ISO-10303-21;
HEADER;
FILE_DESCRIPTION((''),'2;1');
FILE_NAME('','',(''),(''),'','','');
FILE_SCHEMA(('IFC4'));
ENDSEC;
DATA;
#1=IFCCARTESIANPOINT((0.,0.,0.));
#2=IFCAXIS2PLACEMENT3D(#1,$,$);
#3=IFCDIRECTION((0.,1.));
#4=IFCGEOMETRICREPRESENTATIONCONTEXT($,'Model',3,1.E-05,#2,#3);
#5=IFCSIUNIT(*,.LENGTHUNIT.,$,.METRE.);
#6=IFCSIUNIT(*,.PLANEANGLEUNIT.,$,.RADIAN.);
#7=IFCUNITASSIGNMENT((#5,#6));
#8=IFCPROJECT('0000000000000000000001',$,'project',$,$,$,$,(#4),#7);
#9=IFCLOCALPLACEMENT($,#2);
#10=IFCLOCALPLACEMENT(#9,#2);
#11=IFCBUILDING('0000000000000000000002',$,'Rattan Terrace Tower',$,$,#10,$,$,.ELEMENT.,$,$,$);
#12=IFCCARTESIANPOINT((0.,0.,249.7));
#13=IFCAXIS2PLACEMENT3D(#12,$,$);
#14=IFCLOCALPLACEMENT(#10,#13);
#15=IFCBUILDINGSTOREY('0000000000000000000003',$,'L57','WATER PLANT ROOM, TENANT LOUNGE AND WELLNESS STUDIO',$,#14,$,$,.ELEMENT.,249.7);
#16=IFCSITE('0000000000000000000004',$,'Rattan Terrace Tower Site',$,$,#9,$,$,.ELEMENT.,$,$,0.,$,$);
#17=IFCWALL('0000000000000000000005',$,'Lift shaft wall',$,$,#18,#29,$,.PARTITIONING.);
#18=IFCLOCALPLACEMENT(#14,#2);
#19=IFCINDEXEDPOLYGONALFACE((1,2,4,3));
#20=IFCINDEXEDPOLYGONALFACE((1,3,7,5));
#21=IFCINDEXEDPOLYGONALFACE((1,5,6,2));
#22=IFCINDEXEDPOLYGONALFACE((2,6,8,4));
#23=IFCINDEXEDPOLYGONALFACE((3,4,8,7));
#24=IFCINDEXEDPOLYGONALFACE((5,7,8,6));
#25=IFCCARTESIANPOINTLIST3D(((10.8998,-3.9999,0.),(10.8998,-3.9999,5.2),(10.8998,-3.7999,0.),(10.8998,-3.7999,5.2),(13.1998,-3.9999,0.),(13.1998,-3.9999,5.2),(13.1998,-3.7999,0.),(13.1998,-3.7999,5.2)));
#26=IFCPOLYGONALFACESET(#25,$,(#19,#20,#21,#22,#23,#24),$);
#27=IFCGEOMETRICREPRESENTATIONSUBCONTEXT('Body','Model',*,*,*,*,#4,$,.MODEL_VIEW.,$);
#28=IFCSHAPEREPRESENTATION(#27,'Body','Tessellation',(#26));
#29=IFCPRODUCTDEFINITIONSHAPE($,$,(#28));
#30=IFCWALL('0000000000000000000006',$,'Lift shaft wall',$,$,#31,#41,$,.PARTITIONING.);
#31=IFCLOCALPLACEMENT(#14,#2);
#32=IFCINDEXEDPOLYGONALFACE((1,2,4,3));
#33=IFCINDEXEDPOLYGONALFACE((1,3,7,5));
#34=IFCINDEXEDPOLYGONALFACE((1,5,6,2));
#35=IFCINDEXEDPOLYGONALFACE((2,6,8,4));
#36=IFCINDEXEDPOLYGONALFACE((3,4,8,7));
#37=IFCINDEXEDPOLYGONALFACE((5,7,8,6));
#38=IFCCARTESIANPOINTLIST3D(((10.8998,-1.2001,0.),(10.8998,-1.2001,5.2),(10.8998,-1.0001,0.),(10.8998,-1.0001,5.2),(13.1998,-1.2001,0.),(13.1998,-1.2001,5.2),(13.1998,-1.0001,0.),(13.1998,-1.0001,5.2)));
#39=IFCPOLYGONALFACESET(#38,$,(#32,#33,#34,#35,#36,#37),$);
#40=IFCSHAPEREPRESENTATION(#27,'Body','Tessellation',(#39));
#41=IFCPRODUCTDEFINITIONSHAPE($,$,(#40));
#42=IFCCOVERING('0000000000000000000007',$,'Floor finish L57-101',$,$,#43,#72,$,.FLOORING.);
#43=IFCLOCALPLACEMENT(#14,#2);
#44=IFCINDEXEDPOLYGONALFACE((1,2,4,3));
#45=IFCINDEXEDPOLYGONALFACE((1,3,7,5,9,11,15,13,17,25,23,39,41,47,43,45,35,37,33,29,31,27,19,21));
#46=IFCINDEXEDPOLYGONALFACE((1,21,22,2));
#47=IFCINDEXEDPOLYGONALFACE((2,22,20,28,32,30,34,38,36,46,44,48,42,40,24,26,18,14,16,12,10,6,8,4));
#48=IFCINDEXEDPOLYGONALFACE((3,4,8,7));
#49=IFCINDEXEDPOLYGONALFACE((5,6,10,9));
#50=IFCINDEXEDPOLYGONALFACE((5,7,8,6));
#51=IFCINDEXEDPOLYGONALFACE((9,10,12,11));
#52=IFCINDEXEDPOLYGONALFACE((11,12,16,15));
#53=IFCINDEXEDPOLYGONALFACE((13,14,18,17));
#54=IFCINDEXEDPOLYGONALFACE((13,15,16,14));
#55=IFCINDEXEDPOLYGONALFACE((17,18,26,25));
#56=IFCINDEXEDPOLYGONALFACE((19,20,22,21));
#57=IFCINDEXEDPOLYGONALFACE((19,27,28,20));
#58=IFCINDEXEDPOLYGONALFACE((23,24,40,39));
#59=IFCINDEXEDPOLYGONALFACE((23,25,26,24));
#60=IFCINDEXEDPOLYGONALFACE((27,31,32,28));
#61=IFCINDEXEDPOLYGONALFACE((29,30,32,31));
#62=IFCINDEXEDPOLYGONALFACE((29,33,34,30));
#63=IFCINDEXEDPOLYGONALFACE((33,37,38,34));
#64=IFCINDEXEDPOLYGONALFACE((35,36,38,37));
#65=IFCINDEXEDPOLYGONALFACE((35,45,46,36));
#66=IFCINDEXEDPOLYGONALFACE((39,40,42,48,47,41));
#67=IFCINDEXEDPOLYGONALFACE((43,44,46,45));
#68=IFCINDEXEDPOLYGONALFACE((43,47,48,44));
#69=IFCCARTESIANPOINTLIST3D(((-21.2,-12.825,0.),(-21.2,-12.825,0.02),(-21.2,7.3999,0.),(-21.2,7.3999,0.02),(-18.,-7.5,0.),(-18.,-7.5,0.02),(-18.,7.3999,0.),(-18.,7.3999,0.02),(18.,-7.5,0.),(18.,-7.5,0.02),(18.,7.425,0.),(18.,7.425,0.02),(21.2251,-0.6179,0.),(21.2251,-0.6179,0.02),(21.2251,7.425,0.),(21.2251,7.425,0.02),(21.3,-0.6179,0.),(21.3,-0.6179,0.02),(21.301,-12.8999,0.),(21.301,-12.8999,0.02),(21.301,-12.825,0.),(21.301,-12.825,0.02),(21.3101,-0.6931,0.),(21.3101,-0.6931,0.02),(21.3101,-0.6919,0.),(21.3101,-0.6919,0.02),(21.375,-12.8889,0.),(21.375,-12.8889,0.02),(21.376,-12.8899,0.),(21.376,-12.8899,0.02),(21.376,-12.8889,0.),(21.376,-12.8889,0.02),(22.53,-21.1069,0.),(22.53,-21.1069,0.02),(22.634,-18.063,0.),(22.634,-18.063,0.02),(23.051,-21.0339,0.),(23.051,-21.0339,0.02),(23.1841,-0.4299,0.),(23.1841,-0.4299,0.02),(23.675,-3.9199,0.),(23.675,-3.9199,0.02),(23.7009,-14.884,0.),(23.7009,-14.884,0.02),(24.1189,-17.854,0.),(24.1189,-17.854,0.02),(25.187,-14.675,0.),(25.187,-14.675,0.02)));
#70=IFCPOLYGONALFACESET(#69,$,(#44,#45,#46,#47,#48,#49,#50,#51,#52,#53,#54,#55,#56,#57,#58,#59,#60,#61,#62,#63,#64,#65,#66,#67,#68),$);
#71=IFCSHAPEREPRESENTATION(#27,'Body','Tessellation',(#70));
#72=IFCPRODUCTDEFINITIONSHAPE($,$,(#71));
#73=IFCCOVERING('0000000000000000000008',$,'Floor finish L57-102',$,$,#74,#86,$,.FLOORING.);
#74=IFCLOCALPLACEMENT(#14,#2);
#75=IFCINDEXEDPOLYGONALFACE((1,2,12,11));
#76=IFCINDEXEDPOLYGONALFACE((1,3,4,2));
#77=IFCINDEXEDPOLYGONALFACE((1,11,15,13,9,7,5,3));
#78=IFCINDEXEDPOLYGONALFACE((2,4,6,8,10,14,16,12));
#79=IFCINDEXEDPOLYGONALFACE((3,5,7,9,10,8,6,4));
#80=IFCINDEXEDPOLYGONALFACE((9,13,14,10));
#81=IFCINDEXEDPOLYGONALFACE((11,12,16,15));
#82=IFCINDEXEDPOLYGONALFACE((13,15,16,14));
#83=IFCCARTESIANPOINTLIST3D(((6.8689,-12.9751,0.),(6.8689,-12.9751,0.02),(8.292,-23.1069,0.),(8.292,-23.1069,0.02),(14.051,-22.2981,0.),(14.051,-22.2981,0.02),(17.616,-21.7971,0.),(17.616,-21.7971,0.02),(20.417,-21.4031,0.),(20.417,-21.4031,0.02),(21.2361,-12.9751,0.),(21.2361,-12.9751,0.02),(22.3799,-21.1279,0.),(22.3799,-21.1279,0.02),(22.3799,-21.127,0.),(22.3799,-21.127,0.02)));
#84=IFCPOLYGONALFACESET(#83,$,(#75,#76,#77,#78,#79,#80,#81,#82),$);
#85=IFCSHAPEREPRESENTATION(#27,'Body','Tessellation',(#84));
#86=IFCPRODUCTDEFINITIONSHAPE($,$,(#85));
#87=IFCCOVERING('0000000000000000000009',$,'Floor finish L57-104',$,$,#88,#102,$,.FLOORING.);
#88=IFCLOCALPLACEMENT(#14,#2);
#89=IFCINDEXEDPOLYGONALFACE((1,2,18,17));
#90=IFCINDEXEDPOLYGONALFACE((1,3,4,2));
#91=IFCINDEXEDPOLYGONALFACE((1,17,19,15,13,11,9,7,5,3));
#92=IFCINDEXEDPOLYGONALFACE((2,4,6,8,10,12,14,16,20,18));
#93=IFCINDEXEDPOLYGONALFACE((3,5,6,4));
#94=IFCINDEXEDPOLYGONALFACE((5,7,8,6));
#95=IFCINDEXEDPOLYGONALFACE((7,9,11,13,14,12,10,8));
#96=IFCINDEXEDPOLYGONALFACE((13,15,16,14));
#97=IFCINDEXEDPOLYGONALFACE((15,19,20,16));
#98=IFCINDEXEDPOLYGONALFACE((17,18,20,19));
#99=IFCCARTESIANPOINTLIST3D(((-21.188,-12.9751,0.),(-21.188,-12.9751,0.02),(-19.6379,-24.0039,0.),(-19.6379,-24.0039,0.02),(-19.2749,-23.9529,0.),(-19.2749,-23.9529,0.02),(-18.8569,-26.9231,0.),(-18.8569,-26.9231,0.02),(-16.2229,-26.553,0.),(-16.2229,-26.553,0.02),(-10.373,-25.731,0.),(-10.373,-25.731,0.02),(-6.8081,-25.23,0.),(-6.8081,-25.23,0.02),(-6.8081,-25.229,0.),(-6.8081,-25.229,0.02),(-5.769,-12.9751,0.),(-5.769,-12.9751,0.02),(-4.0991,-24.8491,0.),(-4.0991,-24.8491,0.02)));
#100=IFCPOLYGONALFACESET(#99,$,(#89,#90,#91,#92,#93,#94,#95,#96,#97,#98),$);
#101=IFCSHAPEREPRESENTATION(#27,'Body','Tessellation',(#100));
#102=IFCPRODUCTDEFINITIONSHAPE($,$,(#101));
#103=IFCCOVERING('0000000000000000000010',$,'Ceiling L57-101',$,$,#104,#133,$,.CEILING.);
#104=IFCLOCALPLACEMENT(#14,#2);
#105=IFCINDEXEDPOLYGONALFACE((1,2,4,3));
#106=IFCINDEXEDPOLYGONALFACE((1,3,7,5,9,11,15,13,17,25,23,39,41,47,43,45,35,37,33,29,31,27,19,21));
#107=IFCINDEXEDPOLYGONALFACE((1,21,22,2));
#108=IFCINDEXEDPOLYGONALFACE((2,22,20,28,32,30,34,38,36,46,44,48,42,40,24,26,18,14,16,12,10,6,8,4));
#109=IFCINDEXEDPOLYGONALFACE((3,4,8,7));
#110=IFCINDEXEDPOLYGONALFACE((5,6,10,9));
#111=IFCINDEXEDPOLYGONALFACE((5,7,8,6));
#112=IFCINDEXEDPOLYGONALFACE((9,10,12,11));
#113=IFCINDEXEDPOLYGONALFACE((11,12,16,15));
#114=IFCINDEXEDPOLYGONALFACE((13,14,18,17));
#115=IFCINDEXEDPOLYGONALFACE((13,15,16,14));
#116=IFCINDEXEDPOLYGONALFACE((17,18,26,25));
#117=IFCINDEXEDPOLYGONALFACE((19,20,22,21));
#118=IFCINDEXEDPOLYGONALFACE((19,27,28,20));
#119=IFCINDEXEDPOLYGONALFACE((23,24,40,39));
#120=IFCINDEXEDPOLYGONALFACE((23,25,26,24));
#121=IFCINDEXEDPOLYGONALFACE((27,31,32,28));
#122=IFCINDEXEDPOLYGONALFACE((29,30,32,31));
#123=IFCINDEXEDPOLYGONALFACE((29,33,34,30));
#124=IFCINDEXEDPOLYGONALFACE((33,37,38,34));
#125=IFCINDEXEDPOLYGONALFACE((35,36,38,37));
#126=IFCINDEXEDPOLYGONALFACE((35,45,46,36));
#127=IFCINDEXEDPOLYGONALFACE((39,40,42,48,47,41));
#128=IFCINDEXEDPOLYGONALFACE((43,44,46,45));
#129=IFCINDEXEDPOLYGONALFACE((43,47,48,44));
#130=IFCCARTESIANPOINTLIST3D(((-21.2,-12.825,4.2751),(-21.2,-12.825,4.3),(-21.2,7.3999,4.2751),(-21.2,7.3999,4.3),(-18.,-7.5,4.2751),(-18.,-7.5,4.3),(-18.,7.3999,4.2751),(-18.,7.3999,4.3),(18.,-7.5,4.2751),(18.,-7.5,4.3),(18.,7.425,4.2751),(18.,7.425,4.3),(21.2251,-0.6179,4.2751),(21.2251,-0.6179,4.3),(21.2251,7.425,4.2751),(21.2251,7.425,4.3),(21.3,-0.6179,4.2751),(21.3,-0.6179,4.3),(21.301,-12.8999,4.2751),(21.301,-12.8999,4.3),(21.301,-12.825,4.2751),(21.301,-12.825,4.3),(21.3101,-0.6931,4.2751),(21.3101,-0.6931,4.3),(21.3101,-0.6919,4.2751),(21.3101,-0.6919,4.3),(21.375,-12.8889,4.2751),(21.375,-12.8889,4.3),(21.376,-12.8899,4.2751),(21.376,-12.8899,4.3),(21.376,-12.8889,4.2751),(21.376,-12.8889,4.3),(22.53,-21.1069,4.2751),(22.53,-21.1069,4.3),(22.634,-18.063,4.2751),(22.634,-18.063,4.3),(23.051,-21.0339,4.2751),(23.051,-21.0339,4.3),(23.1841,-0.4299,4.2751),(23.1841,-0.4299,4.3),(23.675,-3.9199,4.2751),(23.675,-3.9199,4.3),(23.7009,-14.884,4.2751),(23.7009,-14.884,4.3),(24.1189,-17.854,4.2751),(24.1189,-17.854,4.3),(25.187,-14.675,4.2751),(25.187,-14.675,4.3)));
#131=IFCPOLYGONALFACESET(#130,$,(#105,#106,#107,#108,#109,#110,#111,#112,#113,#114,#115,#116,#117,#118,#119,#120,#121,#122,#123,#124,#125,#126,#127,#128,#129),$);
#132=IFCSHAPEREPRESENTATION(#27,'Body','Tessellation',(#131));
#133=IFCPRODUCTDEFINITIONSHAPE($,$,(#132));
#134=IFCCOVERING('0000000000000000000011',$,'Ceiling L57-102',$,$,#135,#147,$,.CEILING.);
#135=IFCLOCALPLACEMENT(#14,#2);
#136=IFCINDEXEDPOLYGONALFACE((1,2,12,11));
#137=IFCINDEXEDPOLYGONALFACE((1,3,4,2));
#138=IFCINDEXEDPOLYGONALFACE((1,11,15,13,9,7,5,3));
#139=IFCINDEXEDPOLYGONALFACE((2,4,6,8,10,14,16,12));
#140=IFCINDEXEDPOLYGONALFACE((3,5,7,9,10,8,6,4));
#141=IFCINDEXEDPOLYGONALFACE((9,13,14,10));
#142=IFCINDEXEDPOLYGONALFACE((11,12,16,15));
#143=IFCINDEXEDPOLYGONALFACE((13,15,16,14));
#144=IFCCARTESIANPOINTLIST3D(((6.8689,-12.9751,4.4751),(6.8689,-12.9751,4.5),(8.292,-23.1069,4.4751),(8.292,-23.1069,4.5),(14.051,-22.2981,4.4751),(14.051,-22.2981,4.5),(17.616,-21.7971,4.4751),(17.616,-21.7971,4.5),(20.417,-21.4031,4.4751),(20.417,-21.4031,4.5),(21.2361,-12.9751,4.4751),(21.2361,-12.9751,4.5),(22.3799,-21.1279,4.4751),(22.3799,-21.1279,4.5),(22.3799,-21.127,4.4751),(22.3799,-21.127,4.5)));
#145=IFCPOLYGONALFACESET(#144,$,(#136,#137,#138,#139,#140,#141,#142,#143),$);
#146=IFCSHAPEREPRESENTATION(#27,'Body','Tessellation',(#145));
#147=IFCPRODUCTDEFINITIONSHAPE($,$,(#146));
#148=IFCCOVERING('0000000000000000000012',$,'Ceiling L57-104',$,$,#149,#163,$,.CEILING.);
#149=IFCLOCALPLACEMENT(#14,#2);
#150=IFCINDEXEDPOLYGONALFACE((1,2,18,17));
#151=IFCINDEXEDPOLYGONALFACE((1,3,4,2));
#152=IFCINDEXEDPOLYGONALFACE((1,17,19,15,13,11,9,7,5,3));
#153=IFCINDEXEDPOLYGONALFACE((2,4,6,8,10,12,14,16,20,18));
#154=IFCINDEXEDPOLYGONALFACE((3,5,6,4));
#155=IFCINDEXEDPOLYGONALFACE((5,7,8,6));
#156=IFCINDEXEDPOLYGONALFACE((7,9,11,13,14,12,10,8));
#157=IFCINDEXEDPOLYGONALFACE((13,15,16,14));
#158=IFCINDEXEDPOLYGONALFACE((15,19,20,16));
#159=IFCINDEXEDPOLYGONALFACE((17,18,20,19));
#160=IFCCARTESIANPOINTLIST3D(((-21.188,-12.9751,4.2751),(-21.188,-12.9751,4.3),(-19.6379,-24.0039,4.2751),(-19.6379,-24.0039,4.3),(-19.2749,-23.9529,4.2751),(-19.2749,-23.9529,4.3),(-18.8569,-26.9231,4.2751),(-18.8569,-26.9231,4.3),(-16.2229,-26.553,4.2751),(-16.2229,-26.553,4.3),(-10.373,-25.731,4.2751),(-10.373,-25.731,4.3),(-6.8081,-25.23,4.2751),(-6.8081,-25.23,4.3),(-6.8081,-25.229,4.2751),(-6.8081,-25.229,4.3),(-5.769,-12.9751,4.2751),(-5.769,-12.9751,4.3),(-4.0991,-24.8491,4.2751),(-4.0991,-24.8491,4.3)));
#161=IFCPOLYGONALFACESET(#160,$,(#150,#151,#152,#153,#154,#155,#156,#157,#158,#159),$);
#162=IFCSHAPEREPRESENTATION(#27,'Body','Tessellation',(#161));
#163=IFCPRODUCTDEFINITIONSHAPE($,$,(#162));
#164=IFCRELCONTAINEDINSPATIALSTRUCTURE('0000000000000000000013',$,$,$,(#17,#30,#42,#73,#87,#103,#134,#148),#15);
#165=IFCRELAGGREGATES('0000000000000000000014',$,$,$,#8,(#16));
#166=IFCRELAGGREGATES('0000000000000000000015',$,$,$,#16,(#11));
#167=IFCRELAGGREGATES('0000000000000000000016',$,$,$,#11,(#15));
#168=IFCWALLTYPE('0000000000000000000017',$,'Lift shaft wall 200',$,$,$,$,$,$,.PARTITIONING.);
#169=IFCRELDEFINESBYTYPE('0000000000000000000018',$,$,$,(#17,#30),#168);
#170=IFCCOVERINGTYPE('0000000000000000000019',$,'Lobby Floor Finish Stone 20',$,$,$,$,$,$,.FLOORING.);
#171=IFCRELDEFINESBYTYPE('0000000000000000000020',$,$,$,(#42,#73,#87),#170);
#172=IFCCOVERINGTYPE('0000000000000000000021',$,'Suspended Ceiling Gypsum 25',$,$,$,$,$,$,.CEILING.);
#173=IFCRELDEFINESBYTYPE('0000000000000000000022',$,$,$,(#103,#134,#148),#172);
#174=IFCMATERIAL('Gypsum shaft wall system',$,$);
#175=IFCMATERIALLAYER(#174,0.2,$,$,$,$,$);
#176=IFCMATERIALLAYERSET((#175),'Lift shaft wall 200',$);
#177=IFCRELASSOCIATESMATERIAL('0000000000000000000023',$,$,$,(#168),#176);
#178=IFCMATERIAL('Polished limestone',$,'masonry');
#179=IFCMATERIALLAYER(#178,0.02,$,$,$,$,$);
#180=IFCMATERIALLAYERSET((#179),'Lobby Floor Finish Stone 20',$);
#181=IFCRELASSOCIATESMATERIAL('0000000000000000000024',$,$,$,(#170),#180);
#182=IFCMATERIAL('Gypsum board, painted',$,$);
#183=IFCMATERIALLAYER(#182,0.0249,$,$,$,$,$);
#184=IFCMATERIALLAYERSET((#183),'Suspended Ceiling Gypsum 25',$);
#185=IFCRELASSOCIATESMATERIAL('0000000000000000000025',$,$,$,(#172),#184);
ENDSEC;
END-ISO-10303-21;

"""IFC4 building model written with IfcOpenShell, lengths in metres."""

from ifc_helpers import new_model, si_unit, direction, frame, frame_2d, origin, place, context, subcontext, project, spatial, polyline, rectangle, outline, extrude, material, layer, layer_set, type_object, element, save


model = new_model("IFC4")

# Units and contexts
model_context = context("Model", 3, precision=1e-05, world=origin(), true_north=direction((0.0, 1.0)))
body_context = subcontext(model_context, "Body", "Model", "MODEL_VIEW")
ifc_project = project(units=[si_unit("LENGTHUNIT", "METRE"), si_unit("PLANEANGLEUNIT", "RADIAN")], contexts=[model_context])

# Site, building, storey
site_placement = place(None, origin())
site = spatial("IfcSite", under=ifc_project, at=site_placement, Name="Rattan Terrace Tower Site", CompositionType="ELEMENT", RefElevation=0.0)
building_placement = place(site_placement, origin())
building = spatial("IfcBuilding", under=site, at=building_placement, Name="Rattan Terrace Tower", CompositionType="ELEMENT")
storey_placement = place(building_placement, frame((0.0, 0.0, 249.7)))
storey = spatial("IfcBuildingStorey", under=building, at=storey_placement, Name="L57", Description="WATER PLANT ROOM, TENANT LOUNGE AND WELLNESS STUDIO", CompositionType="ELEMENT", Elevation=249.7)

# Walls
ifc_material_1 = material(Name="Gypsum shaft wall system")
ifc_layer_1 = layer(ifc_material_1, 0.2)
ifc_layer_set_1 = layer_set([ifc_layer_1], Name="Lift shaft wall 200")
wall_type_1 = type_object("IfcWallType", Name="Lift shaft wall 200", PredefinedType="PARTITIONING", material=ifc_layer_set_1)
for number, where, z_axis, x_axis, name in (
    (1, (10.8999, -3.8999, 0.0), (0.0, 0.0, 1.0), (1.0, 0.0, 0.0), "Lift shaft wall"),
    (2, (10.8999, -1.1001, 0.0), (0.0, 0.0, 1.0), (1.0, 0.0, 0.0), "Lift shaft wall"),
):
    element("IfcWall", number, at=place(storey_placement, frame(where, z_axis=z_axis, x_axis=x_axis)), inside=storey, type_object=wall_type_1, Name=name, PredefinedType="PARTITIONING", context=body_context, shape_type="SweptSolid", body=[
        extrude(rectangle(XDim=2.3, YDim=0.2, at=frame_2d((1.1499, 0.0))), origin(), (0.0, 0.0, 1.0), 5.2),
    ])

# Coverings
ifc_material_2 = material(Name="Polished limestone", Category="masonry")
ifc_layer_2 = layer(ifc_material_2, 0.02)
ifc_layer_set_2 = layer_set([ifc_layer_2], Name="Lobby Floor Finish Stone 20")
covering_type_1 = type_object("IfcCoveringType", Name="Lobby Floor Finish Stone 20", PredefinedType="FLOORING", material=ifc_layer_set_2)
covering_1_placement = place(storey_placement, origin())
element("IfcCovering", 3, at=covering_1_placement, inside=storey, type_object=covering_type_1, Name="Floor finish L57-101", PredefinedType="FLOORING", context=body_context, shape_type="SweptSolid", body=[
    extrude(outline(polyline([(21.2251, 7.425), (18.0, 7.425), (18.0, -7.5), (-18.0, -7.5), (-18.0, 7.3999), (-21.2, 7.3999), (-21.2, -12.825), (21.301, -12.825), (21.301, -12.8999), (21.375, -12.8889), (21.376, -12.8889), (21.376, -12.8899), (22.53, -21.1069), (23.051, -21.0339), (22.634, -18.063), (24.1189, -17.854), (23.7009, -14.884), (25.187, -14.675), (23.675, -3.9199), (23.1841, -0.4299), (21.3101, -0.6931), (21.3101, -0.6919), (21.3, -0.6179), (21.2251, -0.6179), (21.2251, 7.425)])), origin(), (0.0, 0.0, 1.0), 0.02),
])
covering_2_placement = place(storey_placement, origin())
element("IfcCovering", 4, at=covering_2_placement, inside=storey, type_object=covering_type_1, Name="Floor finish L57-102", PredefinedType="FLOORING", context=body_context, shape_type="SweptSolid", body=[
    extrude(outline(polyline([(20.417, -21.4031), (22.3799, -21.1279), (22.3799, -21.127), (21.2361, -12.9751), (6.8689, -12.9751), (8.292, -23.1069), (14.051, -22.2981), (17.616, -21.7971), (20.417, -21.4031)])), origin(), (0.0, 0.0, 1.0), 0.02),
])
covering_3_placement = place(storey_placement, origin())
element("IfcCovering", 5, at=covering_3_placement, inside=storey, type_object=covering_type_1, Name="Floor finish L57-104", PredefinedType="FLOORING", context=body_context, shape_type="SweptSolid", body=[
    extrude(outline(polyline([(-19.2749, -23.9529), (-18.8569, -26.9231), (-16.2229, -26.553), (-10.373, -25.731), (-6.8081, -25.23), (-6.8081, -25.229), (-4.0991, -24.8491), (-5.769, -12.9751), (-21.188, -12.9751), (-19.6379, -24.0039), (-19.2749, -23.9529)])), origin(), (0.0, 0.0, 1.0), 0.02),
])
ifc_material_3 = material(Name="Gypsum board, painted")
ifc_layer_3 = layer(ifc_material_3, 0.0249)
ifc_layer_set_3 = layer_set([ifc_layer_3], Name="Suspended Ceiling Gypsum 25")
covering_type_2 = type_object("IfcCoveringType", Name="Suspended Ceiling Gypsum 25", PredefinedType="CEILING", material=ifc_layer_set_3)
covering_4_placement = place(storey_placement, frame((0.0, 0.0, 4.2751)))
element("IfcCovering", 6, at=covering_4_placement, inside=storey, type_object=covering_type_2, Name="Ceiling L57-101", PredefinedType="CEILING", context=body_context, shape_type="SweptSolid", body=[
    extrude(outline(polyline([(21.2251, 7.425), (18.0, 7.425), (18.0, -7.5), (-18.0, -7.5), (-18.0, 7.3999), (-21.2, 7.3999), (-21.2, -12.825), (21.301, -12.825), (21.301, -12.8999), (21.375, -12.8889), (21.376, -12.8889), (21.376, -12.8899), (22.53, -21.1069), (23.051, -21.0339), (22.634, -18.063), (24.1189, -17.854), (23.7009, -14.884), (25.187, -14.675), (23.675, -3.9199), (23.1841, -0.4299), (21.3101, -0.6931), (21.3101, -0.6919), (21.3, -0.6179), (21.2251, -0.6179), (21.2251, 7.425)])), origin(), (0.0, 0.0, 1.0), 0.0249),
])
covering_5_placement = place(storey_placement, frame((0.0, 0.0, 4.4751)))
element("IfcCovering", 7, at=covering_5_placement, inside=storey, type_object=covering_type_2, Name="Ceiling L57-102", PredefinedType="CEILING", context=body_context, shape_type="SweptSolid", body=[
    extrude(outline(polyline([(20.417, -21.4031), (22.3799, -21.1279), (22.3799, -21.127), (21.2361, -12.9751), (6.8689, -12.9751), (8.292, -23.1069), (14.051, -22.2981), (17.616, -21.7971), (20.417, -21.4031)])), origin(), (0.0, 0.0, 1.0), 0.0249),
])
covering_6_placement = place(storey_placement, frame((0.0, 0.0, 4.2751)))
element("IfcCovering", 8, at=covering_6_placement, inside=storey, type_object=covering_type_2, Name="Ceiling L57-104", PredefinedType="CEILING", context=body_context, shape_type="SweptSolid", body=[
    extrude(outline(polyline([(-19.2749, -23.9529), (-18.8569, -26.9231), (-16.2229, -26.553), (-10.373, -25.731), (-6.8081, -25.23), (-6.8081, -25.229), (-4.0991, -24.8491), (-5.769, -12.9751), (-21.188, -12.9751), (-19.6379, -24.0039), (-19.2749, -23.9529)])), origin(), (0.0, 0.0, 1.0), 0.0249),
])

save(model, "model.ifc")
